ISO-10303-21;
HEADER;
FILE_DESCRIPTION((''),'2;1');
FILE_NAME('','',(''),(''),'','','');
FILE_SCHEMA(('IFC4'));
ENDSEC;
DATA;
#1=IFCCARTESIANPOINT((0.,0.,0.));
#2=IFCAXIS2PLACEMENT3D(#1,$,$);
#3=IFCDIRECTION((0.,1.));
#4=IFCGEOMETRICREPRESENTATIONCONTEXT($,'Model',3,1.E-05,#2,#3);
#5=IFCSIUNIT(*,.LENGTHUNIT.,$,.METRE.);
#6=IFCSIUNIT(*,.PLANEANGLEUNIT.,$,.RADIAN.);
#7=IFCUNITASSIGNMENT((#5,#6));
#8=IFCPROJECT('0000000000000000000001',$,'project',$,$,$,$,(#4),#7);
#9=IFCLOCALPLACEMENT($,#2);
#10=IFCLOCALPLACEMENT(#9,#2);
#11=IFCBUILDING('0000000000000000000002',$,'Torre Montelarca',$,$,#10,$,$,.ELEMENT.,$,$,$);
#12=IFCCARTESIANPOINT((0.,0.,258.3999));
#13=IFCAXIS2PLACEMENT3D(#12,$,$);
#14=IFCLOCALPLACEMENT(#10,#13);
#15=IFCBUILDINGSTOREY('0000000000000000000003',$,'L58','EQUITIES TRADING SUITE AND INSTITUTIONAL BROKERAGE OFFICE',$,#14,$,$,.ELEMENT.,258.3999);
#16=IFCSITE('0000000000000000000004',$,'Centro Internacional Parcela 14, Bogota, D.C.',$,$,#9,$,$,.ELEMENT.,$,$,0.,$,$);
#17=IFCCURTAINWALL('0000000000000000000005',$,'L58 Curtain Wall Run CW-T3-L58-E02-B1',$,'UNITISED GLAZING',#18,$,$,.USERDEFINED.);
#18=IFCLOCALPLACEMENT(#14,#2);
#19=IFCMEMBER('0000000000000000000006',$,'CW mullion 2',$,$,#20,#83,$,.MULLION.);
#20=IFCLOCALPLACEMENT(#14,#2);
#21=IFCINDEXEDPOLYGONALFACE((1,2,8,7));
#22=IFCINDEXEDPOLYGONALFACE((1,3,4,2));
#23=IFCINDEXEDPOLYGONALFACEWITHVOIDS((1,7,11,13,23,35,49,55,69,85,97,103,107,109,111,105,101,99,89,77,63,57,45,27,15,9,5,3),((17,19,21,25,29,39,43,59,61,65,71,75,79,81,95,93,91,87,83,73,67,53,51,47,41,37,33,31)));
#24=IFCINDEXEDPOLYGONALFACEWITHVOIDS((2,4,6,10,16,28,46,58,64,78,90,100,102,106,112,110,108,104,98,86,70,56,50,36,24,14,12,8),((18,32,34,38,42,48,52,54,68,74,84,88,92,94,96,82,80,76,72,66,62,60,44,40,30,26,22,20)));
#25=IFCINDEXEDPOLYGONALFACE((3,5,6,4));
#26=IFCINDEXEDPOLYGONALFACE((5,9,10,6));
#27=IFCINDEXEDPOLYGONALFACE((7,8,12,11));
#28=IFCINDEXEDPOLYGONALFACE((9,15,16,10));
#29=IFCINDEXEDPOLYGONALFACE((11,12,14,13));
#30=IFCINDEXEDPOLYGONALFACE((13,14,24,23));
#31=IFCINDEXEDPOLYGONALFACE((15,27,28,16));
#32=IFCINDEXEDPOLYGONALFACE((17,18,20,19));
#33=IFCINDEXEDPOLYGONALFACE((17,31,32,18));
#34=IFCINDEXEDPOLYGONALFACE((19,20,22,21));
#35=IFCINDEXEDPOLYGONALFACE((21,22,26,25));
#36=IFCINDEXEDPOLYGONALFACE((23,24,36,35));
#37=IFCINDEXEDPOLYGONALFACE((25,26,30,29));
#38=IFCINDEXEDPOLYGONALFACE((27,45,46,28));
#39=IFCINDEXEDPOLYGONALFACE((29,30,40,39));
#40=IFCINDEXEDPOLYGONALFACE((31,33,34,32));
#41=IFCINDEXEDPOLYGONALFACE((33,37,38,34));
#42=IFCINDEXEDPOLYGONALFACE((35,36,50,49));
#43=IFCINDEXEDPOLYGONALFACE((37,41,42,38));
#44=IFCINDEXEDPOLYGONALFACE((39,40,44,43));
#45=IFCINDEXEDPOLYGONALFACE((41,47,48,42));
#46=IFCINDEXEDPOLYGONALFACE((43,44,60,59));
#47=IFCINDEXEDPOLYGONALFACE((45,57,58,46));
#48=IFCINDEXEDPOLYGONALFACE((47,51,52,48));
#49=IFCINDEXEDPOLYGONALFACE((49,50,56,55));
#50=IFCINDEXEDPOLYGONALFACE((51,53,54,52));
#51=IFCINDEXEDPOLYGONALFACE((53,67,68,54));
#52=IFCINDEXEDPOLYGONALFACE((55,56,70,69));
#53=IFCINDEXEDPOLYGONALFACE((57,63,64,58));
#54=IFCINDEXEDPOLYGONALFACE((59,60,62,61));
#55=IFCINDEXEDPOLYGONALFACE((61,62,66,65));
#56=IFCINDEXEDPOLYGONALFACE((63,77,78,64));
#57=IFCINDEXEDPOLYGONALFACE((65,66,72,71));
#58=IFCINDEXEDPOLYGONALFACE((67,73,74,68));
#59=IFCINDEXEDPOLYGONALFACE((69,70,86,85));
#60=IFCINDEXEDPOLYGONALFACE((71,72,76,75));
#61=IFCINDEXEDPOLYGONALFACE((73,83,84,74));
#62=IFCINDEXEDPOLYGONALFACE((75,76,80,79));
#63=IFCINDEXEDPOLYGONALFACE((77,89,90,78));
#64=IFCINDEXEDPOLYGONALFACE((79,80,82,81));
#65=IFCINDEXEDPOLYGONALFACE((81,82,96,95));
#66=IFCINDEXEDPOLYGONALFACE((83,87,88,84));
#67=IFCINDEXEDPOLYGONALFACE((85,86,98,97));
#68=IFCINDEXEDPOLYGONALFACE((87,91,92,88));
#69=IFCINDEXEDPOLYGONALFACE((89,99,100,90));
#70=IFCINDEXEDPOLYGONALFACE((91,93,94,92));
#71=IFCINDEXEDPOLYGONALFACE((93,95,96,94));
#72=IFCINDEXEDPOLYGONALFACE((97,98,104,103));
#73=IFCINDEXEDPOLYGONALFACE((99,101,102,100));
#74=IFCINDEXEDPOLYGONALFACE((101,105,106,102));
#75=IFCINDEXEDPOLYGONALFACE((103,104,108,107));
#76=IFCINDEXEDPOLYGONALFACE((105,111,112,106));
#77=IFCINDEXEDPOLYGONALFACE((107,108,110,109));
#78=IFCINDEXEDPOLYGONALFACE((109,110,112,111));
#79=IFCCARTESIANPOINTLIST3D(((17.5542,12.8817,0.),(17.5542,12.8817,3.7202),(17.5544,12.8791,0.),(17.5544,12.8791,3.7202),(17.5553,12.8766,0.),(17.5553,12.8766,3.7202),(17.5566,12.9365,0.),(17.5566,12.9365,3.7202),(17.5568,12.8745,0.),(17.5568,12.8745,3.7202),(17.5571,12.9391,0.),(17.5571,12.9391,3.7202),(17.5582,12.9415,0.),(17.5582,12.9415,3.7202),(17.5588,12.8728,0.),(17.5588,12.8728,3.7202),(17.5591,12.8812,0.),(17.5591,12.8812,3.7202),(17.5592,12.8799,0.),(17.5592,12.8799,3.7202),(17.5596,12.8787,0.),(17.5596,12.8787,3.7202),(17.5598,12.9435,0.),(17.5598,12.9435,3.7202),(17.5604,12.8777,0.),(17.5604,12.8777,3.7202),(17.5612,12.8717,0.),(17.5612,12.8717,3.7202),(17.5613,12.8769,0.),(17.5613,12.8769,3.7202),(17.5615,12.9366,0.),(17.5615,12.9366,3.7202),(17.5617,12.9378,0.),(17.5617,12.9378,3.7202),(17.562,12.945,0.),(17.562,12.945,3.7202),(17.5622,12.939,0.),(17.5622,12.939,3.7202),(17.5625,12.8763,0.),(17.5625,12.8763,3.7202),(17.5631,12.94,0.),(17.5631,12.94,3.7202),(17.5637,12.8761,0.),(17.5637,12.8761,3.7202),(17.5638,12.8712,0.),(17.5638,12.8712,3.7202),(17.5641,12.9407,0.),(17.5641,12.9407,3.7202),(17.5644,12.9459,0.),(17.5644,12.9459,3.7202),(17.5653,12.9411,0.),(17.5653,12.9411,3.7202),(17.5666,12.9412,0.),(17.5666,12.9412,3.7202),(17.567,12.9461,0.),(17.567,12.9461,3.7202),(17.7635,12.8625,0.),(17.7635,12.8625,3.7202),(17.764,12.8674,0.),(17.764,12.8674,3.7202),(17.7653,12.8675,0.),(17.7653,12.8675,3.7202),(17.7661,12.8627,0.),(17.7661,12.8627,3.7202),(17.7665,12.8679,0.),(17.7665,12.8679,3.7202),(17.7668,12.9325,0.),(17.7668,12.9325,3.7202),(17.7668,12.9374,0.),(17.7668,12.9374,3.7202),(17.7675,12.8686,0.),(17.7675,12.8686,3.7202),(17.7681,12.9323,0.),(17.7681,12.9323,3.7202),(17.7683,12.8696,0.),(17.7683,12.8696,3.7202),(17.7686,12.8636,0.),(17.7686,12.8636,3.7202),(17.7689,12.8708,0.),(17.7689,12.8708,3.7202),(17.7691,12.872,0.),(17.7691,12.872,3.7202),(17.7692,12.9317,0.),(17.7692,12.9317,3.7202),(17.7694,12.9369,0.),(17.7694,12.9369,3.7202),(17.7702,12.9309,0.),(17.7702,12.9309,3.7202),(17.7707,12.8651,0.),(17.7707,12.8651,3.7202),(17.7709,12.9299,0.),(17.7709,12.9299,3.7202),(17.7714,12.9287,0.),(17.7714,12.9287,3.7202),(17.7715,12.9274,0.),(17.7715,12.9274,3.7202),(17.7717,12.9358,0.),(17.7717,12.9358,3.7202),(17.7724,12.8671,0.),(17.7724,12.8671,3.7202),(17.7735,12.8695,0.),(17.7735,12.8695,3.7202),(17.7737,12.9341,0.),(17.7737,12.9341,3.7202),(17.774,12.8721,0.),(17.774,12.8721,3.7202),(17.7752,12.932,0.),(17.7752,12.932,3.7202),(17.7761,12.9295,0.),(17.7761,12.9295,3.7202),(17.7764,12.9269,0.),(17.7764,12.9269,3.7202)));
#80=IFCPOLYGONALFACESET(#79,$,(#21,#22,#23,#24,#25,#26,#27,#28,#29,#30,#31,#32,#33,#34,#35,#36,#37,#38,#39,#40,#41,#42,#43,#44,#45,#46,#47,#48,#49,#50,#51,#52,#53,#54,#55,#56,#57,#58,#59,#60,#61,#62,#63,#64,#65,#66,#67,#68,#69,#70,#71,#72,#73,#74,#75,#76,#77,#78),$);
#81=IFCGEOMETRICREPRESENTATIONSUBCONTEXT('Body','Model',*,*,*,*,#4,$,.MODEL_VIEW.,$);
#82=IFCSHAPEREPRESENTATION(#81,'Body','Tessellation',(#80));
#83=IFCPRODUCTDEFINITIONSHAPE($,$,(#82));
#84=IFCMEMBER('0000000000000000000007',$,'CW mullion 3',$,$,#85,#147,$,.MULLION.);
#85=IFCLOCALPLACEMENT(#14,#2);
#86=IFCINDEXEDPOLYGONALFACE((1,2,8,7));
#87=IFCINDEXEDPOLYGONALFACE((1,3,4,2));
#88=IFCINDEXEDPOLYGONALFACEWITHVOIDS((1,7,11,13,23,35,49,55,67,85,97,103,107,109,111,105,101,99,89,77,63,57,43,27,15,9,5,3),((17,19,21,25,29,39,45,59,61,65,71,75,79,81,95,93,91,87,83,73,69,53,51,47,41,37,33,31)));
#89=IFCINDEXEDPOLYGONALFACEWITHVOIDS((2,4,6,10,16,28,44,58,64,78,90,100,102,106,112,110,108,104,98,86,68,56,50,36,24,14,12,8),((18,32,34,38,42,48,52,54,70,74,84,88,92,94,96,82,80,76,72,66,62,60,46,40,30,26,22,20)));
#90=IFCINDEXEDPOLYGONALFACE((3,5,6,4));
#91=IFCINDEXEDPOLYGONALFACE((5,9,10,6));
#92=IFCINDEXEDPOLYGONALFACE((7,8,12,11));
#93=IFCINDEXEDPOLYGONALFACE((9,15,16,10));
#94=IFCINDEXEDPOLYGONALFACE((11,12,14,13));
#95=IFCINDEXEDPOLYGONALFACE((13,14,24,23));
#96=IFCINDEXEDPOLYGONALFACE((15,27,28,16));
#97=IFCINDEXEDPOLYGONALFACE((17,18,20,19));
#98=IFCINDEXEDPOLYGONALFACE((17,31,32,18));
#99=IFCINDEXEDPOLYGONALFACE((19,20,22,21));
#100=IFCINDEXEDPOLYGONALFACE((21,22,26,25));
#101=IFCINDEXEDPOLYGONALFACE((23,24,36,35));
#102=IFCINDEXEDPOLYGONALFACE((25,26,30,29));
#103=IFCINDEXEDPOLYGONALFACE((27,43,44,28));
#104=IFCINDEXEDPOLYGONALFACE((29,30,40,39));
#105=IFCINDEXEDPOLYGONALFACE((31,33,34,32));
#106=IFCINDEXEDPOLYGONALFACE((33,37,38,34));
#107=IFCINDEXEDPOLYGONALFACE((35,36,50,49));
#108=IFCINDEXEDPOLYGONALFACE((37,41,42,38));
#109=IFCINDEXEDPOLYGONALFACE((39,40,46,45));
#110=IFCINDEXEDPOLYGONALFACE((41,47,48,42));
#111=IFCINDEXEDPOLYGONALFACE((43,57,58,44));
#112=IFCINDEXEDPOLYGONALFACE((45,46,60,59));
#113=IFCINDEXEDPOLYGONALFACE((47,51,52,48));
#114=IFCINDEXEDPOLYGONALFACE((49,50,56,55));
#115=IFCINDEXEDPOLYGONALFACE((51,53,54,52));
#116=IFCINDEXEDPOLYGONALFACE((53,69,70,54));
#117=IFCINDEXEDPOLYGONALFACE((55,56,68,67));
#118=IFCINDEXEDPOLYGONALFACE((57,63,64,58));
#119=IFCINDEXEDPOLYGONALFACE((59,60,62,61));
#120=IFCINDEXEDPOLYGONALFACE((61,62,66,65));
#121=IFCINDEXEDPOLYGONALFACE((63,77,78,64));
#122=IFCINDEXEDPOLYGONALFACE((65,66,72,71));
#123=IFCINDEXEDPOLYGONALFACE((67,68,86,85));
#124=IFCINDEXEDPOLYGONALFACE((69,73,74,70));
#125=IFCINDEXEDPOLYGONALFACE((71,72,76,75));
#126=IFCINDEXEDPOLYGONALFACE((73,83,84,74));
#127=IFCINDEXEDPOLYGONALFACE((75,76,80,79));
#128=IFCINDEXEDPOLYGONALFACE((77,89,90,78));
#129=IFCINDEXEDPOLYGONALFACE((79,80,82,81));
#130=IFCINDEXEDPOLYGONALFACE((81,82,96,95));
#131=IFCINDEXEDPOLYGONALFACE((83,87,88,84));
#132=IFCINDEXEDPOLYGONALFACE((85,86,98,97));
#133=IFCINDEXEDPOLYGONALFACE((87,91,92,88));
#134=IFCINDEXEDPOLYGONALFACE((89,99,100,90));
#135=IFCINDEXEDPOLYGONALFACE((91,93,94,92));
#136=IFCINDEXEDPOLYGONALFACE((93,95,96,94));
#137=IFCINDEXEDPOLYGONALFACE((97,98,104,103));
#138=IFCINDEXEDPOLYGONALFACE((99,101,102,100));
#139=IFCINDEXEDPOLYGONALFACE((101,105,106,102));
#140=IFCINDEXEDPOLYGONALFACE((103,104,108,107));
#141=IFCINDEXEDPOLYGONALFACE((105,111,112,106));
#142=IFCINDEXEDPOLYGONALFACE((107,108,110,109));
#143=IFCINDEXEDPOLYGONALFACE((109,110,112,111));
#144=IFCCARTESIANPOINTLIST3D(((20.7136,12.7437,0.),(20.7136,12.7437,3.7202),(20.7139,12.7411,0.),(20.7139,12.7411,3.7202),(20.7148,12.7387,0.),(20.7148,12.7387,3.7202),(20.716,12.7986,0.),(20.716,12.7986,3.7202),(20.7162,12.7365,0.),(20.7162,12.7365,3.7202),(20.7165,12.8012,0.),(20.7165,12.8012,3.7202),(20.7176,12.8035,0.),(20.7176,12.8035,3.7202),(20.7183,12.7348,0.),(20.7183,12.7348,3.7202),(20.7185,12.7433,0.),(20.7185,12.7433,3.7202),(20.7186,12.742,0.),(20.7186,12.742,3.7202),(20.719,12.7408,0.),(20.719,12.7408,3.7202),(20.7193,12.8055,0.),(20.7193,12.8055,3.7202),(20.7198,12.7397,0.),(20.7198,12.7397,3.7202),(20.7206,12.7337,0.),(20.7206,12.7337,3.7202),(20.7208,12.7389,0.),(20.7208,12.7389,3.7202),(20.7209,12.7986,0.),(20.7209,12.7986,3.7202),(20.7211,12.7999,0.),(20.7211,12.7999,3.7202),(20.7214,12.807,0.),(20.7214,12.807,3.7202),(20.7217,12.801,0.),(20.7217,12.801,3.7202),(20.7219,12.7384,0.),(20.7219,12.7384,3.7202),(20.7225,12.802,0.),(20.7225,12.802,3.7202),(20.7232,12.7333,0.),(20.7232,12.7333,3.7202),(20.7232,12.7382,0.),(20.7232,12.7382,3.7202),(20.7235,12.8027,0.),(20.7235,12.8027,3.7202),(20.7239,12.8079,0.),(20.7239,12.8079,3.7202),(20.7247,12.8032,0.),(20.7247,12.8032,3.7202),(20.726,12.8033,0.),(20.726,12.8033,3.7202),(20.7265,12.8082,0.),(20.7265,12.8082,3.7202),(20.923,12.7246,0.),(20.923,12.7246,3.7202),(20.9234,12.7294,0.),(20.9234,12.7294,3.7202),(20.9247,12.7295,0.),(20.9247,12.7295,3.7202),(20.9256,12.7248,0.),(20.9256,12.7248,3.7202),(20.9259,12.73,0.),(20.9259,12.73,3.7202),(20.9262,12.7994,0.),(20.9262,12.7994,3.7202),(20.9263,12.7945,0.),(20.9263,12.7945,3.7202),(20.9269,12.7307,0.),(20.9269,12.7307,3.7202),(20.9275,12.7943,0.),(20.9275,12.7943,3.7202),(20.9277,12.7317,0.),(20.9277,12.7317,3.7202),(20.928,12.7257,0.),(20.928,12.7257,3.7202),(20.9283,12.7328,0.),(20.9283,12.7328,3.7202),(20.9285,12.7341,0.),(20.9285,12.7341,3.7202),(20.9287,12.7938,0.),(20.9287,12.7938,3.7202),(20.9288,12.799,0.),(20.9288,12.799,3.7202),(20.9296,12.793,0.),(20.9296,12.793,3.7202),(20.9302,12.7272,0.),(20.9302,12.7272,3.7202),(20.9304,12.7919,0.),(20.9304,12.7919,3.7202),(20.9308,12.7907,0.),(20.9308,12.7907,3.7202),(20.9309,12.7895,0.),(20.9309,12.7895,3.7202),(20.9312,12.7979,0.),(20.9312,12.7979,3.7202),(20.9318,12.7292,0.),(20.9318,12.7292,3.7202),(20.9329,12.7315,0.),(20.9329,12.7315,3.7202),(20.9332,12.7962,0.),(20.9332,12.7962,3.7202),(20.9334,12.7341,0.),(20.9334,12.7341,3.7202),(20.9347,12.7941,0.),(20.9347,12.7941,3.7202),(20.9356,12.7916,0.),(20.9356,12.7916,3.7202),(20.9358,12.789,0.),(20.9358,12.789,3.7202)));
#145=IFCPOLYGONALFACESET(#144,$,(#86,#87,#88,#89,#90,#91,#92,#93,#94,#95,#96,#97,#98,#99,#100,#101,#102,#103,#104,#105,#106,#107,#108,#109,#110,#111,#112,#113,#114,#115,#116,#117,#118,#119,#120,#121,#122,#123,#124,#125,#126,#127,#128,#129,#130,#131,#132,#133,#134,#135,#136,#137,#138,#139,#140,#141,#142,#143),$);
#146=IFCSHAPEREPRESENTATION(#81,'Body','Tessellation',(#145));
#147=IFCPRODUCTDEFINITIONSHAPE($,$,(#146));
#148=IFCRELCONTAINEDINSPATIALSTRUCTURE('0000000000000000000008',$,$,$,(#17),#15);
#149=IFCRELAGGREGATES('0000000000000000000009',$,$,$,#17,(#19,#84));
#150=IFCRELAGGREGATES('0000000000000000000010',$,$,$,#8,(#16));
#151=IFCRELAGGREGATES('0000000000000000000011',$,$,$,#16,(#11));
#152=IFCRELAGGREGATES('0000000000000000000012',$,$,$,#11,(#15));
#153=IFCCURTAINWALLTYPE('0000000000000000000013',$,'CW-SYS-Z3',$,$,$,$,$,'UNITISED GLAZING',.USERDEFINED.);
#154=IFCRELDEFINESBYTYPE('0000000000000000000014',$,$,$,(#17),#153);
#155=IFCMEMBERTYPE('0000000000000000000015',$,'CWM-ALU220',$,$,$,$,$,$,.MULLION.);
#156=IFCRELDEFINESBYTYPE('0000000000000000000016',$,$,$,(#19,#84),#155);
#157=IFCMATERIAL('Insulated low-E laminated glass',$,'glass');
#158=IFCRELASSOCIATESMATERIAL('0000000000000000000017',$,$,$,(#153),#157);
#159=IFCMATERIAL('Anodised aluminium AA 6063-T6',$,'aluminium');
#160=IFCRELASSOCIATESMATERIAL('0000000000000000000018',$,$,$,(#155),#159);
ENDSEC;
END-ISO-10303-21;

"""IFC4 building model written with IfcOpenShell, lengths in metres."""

from ifc_helpers import new_model, si_unit, direction, frame, origin, origin_2d, place, context, subcontext, project, spatial, hollow_rectangle, extrude, source, transform, mapped, material, material_profile, profile_set, type_object, element, aggregate, save


model = new_model("IFC4")

# Units and contexts
model_context = context("Model", 3, precision=1e-05, world=origin(), true_north=direction((0.0, 1.0)))
body_context = subcontext(model_context, "Body", "Model", "MODEL_VIEW")
ifc_project = project(units=[si_unit("LENGTHUNIT", "METRE"), si_unit("PLANEANGLEUNIT", "RADIAN")], contexts=[model_context])

# Site, building, storey
site_placement = place(None, origin())
site = spatial("IfcSite", under=ifc_project, at=site_placement, Name="Centro Internacional Parcela 14, Bogota, D.C.", CompositionType="ELEMENT", RefElevation=0.0)
building_placement = place(site_placement, origin())
building = spatial("IfcBuilding", under=site, at=building_placement, Name="Torre Montelarca", CompositionType="ELEMENT")
storey_placement = place(building_placement, frame((0.0, 0.0, 258.3999)))
storey = spatial("IfcBuildingStorey", under=building, at=storey_placement, Name="L58", Description="EQUITIES TRADING SUITE AND INSTITUTIONAL BROKERAGE OFFICE", CompositionType="ELEMENT", Elevation=258.3999)

# Curtain wall
ifc_material_1 = material(Name="Insulated low-E laminated glass", Category="glass")
curtain_wall_type = type_object("IfcCurtainWallType", Name="CW-SYS-Z3", ElementType="UNITISED GLAZING", PredefinedType="USERDEFINED", material=ifc_material_1)
curtain_wall_1_placement = place(storey_placement, origin())
curtain_wall_1 = element("IfcCurtainWall", 1, at=curtain_wall_1_placement, inside=storey, type_object=curtain_wall_type, Name="L58 Curtain Wall Run CW-T3-L58-E02-B1", ObjectType="UNITISED GLAZING", PredefinedType="USERDEFINED")
ifc_material_2 = material(Name="Anodised aluminium AA 6063-T6", Category="aluminium")

# Shared definitions
ifc_material_profile_1 = material_profile(ifc_material_2, hollow_rectangle(XDim=0.075, YDim=0.22, WallThickness=0.0049, InnerFilletRadius=0.0049, OuterFilletRadius=0.01, at=origin_2d()), Name="ALU75X220X5", Category="aluminium")
ifc_profile_set_1 = profile_set([ifc_material_profile_1], Name="Anodised aluminium AA 6063-T6")
member_type_1 = type_object("IfcMemberType", Name="CWM-ALU220", PredefinedType="MULLION", material=ifc_profile_set_1)
shared_shape_1 = source(origin(), body_context, "Body", "SweptSolid", [
    extrude(hollow_rectangle(XDim=0.075, YDim=0.22, WallThickness=0.0049, InnerFilletRadius=0.0049, OuterFilletRadius=0.01, at=origin_2d()), origin(), (0.0, 0.0, 1.0), 3.7202),
])

# Members
member_1_placement = place(storey_placement, frame((17.6653, 12.9043, 0.0), z_axis=(0.0, 0.0, 1.0), x_axis=(0.04361, 0.999049, 0.0)))
member_1 = element("IfcMember", 2, at=member_1_placement, type_object=member_type_1, Name="CW mullion 2", PredefinedType="MULLION", context=body_context, shape_type="MappedRepresentation", body=[
    mapped(shared_shape_1, transform((0.0, 0.0, 0.0), scale=1.0)),
])
member_2_placement = place(storey_placement, frame((20.8247, 12.7664, 0.0), z_axis=(0.0, 0.0, 1.0), x_axis=(0.04361, 0.999049, 0.0)))
member_2 = element("IfcMember", 3, at=member_2_placement, type_object=member_type_1, Name="CW mullion 3", PredefinedType="MULLION", context=body_context, shape_type="MappedRepresentation", body=[
    mapped(shared_shape_1, transform((0.0, 0.0, 0.0), scale=1.0)),
])

aggregate(curtain_wall_1, [member_1, member_2])

save(model, "model.ifc")
